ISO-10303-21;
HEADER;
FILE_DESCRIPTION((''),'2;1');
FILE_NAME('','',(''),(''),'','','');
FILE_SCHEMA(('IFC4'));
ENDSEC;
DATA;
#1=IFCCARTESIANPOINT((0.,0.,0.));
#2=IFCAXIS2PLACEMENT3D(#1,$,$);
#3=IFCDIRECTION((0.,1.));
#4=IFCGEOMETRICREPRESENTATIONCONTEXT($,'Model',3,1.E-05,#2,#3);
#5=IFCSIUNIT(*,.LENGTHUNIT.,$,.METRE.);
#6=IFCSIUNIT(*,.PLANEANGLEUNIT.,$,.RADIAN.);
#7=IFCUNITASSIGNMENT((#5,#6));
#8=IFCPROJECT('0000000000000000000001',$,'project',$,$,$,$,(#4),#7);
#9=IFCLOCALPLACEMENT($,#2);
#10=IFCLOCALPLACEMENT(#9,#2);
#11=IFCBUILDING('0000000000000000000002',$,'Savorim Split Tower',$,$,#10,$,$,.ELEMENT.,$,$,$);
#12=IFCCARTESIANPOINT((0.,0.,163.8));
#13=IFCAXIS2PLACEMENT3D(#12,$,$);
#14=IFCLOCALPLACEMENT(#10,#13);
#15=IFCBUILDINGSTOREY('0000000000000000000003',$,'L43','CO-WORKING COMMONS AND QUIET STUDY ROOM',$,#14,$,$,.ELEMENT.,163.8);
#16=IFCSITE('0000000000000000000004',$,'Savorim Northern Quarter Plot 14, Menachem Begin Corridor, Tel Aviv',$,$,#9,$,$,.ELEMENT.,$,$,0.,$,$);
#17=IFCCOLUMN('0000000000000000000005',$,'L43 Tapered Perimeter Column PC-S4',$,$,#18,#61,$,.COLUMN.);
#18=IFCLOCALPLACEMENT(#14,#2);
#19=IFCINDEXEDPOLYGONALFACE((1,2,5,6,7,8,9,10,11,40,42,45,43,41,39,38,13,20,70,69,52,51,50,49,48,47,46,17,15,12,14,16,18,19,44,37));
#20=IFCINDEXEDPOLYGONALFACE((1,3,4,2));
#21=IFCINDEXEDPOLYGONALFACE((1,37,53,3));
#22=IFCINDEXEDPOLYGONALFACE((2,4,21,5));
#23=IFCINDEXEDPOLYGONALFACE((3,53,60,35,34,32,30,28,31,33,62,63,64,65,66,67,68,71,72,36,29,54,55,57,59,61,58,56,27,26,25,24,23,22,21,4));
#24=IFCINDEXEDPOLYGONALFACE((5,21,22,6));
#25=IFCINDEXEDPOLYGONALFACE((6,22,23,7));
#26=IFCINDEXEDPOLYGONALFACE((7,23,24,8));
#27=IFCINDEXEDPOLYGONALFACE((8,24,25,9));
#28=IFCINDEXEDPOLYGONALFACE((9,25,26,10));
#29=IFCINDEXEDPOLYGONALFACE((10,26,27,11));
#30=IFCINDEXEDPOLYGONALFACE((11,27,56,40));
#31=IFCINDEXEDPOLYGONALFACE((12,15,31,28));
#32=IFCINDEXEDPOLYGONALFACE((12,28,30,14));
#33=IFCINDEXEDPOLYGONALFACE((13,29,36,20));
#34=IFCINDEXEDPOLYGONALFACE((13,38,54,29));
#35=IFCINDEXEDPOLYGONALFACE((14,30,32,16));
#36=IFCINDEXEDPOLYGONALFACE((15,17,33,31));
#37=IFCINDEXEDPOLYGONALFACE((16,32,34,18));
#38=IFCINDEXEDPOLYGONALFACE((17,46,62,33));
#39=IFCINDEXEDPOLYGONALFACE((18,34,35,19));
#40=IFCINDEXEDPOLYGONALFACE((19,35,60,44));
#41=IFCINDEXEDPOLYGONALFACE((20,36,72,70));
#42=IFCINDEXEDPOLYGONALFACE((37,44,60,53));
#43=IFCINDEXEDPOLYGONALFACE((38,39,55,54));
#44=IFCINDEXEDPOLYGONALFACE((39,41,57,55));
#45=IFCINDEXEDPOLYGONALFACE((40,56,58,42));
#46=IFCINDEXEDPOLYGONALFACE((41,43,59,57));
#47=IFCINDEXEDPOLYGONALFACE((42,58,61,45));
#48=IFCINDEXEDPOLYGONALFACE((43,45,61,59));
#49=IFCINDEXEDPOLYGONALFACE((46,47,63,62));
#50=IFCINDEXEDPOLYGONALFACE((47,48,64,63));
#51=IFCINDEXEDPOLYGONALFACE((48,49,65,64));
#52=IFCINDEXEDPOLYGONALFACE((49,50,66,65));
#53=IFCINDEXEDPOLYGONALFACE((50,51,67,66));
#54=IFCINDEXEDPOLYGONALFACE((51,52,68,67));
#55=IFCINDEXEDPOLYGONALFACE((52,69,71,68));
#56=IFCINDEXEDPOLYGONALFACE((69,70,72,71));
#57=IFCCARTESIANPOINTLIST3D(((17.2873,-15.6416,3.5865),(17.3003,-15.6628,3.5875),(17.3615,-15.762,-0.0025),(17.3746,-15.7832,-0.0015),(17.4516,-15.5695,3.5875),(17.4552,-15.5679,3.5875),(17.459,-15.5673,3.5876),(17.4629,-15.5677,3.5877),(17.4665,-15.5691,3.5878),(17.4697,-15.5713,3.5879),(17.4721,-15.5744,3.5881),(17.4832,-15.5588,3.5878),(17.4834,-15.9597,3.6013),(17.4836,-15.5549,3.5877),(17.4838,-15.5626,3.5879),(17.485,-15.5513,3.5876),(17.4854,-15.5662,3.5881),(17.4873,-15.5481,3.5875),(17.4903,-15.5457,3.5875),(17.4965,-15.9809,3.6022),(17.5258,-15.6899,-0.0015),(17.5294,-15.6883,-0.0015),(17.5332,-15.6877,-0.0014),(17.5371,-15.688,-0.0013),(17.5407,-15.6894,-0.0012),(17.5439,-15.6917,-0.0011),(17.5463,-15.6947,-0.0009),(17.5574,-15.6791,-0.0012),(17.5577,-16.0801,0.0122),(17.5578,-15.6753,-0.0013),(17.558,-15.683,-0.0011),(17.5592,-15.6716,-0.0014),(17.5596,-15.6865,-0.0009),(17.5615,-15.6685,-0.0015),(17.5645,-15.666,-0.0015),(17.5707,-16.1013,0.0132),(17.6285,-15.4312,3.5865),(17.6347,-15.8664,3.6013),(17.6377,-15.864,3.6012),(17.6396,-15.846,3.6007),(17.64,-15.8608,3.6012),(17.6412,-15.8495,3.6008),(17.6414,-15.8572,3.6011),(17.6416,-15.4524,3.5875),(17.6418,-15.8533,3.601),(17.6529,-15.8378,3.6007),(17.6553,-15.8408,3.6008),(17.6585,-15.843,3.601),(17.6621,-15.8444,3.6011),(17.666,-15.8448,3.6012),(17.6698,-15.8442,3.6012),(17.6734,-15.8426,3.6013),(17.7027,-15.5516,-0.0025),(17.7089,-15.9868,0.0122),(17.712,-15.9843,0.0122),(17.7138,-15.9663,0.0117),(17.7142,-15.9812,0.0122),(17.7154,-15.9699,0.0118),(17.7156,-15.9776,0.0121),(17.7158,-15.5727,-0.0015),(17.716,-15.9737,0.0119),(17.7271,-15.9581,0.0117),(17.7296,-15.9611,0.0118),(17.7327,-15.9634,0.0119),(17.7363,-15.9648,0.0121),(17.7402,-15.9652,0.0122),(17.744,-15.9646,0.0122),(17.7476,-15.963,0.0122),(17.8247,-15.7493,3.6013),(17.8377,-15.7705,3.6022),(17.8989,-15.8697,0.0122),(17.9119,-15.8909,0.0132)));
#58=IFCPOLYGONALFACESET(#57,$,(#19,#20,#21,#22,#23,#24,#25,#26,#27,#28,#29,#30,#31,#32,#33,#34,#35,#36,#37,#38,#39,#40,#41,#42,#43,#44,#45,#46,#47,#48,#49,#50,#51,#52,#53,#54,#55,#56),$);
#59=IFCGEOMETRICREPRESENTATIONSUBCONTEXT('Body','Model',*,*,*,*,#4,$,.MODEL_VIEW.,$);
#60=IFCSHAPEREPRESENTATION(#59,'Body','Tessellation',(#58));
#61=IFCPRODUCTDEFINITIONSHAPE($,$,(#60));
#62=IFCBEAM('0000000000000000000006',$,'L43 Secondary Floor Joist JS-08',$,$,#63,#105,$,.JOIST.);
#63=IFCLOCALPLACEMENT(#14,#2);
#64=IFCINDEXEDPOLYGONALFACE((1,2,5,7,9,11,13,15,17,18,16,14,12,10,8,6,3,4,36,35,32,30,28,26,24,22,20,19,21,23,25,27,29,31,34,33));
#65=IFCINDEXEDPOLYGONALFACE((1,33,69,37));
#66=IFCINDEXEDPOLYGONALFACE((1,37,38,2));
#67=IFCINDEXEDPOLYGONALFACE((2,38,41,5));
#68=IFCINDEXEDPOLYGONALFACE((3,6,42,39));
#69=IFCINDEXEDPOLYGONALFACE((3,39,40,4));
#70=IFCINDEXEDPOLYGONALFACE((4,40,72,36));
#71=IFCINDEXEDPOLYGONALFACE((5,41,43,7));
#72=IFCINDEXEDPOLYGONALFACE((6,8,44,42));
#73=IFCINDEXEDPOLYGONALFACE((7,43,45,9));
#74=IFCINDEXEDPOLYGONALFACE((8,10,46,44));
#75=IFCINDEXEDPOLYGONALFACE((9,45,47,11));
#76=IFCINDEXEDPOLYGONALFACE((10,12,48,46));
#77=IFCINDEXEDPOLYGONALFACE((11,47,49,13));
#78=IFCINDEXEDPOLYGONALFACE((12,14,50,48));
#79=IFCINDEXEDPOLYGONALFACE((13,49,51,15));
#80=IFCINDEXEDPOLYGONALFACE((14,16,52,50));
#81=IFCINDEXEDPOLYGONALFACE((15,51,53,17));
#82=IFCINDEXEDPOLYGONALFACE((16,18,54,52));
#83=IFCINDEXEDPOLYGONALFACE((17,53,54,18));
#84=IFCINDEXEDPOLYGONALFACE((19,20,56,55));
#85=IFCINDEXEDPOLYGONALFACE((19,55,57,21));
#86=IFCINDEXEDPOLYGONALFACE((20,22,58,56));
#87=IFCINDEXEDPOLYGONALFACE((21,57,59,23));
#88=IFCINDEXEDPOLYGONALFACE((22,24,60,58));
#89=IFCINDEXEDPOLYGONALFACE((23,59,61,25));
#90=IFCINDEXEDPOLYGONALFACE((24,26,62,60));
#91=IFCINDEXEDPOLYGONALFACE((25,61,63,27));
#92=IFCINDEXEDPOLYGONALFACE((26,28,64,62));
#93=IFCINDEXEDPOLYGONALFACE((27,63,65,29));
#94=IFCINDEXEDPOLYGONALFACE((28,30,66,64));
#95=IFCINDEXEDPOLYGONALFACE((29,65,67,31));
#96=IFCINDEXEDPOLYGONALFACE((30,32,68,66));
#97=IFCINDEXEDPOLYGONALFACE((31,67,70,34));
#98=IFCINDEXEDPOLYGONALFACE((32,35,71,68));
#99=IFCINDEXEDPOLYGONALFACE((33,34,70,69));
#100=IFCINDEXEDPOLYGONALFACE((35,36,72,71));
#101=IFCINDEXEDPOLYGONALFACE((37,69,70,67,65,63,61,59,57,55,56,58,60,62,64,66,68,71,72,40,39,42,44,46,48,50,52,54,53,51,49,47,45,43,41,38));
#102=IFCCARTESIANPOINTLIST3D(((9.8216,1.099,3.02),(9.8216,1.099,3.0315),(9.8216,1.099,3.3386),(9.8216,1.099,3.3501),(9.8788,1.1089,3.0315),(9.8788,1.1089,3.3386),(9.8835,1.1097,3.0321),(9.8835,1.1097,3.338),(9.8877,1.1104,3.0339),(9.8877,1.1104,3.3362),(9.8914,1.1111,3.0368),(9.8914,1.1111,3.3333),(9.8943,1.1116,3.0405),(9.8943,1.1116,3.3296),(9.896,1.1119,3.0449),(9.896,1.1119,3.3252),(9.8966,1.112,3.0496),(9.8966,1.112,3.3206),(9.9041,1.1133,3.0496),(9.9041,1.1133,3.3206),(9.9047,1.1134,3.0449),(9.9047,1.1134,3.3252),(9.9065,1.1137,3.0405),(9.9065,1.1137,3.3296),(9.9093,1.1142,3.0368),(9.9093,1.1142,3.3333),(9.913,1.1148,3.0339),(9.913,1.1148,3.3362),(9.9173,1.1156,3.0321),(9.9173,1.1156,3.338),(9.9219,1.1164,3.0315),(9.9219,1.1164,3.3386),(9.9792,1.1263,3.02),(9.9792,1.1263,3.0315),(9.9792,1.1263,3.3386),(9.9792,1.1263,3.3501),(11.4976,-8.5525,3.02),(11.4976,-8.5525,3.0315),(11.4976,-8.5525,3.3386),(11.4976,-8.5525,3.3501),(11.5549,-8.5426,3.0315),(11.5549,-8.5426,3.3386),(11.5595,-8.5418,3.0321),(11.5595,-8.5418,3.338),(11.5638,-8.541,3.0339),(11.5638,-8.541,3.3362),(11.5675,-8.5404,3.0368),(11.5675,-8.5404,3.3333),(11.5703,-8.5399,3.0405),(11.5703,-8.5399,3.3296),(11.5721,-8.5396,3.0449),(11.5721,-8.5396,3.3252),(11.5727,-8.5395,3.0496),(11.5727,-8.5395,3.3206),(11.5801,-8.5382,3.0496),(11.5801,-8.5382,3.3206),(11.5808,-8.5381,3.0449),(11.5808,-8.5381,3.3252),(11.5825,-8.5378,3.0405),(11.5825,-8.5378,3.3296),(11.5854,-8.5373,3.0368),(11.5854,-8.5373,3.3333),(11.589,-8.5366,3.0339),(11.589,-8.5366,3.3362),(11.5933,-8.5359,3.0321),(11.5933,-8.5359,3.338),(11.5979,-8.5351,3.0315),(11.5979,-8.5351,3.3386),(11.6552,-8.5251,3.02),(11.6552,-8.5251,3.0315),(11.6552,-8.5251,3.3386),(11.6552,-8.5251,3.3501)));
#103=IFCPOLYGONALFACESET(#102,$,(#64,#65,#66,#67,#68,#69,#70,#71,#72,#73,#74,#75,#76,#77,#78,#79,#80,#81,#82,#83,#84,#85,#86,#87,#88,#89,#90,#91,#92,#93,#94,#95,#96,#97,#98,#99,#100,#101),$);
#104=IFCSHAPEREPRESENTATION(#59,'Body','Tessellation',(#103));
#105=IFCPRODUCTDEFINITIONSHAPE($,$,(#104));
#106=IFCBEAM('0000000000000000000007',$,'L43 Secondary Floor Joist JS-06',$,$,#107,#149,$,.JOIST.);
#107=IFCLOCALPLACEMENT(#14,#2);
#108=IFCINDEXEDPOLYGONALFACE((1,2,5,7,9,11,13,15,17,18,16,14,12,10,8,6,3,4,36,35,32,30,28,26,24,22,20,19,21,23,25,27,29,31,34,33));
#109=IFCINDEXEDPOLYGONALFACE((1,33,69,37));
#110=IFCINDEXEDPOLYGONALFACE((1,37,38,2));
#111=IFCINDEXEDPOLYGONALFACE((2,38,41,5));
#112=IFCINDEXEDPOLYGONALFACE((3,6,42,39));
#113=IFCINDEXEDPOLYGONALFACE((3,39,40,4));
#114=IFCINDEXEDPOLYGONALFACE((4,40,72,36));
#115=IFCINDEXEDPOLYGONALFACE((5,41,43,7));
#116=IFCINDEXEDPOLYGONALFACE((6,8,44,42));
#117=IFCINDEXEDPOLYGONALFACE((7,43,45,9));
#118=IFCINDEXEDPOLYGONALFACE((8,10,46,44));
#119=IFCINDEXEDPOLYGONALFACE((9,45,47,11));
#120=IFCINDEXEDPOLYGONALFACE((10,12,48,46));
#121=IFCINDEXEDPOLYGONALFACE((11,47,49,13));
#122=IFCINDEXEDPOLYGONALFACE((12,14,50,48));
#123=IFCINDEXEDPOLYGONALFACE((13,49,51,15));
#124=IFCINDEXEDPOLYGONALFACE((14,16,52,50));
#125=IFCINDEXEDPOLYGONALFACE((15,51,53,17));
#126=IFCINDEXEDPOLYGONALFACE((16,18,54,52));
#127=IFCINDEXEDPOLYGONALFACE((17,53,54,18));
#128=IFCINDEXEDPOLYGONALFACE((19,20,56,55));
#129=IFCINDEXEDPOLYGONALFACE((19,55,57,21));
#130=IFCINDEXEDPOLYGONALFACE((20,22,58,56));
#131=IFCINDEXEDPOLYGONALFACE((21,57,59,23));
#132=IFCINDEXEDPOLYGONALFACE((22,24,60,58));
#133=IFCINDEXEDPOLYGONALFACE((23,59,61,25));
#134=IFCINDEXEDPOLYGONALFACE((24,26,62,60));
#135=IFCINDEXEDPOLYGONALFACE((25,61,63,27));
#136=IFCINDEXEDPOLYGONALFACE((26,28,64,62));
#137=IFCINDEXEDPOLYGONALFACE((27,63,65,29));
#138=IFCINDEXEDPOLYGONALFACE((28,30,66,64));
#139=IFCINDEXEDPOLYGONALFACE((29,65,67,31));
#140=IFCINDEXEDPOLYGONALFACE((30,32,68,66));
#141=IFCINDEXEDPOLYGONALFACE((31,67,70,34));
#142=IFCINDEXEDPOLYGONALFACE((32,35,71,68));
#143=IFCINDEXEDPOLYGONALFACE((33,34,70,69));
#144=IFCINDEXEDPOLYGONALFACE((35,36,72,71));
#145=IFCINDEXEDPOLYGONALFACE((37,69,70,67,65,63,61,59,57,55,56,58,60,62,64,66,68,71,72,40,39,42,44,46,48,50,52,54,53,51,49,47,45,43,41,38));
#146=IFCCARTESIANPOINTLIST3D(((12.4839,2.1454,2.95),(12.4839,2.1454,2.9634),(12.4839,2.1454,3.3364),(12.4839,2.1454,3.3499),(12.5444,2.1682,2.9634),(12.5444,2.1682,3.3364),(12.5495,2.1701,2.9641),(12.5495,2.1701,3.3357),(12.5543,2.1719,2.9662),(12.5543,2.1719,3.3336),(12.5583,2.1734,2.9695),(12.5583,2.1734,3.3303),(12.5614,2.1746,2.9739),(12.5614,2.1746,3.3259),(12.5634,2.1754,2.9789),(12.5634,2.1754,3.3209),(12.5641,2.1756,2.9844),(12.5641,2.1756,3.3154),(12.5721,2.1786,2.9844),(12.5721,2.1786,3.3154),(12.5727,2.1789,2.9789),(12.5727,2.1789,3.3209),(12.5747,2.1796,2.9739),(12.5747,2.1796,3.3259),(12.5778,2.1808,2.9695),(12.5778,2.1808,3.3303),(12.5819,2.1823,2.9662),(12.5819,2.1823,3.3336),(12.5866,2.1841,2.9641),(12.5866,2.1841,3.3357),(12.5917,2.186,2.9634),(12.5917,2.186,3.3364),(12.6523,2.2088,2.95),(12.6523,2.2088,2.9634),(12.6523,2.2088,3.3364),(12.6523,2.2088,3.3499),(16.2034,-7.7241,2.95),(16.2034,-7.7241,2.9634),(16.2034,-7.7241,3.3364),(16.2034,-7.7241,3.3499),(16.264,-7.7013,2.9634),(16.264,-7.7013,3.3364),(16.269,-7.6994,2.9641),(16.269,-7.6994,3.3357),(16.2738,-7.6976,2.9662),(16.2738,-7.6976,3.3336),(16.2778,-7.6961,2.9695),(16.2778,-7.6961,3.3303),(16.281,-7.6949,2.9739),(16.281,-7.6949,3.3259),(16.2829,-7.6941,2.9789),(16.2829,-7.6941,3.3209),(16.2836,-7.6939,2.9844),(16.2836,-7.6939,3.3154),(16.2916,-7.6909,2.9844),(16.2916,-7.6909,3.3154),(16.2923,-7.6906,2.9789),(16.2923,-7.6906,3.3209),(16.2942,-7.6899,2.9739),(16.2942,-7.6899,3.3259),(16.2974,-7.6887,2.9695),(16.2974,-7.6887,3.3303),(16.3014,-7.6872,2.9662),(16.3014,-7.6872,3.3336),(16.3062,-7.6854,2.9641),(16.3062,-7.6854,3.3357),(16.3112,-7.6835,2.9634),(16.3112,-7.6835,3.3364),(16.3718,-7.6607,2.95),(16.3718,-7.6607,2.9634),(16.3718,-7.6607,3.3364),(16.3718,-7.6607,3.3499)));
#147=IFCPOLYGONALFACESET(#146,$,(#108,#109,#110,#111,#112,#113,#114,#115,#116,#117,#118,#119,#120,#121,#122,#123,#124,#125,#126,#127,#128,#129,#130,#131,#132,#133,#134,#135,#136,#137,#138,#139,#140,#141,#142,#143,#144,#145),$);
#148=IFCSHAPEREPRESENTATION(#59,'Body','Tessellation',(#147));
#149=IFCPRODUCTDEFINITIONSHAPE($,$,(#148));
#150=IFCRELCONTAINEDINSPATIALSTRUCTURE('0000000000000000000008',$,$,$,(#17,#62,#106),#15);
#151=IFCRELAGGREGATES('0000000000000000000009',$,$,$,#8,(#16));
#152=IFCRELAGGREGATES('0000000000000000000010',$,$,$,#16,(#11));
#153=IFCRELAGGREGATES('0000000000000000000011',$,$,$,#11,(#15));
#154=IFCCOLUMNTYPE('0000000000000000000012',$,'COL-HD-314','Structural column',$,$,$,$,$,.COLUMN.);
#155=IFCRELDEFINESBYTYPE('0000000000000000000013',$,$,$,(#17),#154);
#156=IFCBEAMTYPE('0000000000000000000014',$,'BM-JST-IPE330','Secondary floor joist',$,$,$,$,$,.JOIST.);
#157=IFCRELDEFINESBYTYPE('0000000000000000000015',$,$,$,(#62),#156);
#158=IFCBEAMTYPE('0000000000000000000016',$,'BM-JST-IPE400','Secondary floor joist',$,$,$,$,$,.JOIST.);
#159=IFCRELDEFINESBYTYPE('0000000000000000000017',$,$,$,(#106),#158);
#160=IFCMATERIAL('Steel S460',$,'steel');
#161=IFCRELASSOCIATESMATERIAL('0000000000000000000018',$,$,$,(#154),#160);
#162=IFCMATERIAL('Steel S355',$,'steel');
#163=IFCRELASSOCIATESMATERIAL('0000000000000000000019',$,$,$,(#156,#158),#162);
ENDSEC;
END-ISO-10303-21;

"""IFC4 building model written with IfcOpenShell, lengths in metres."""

from ifc_helpers import new_model, si_unit, direction, frame, origin, origin_2d, place, context, subcontext, project, spatial, i_section, extrude, material, material_profile, profile_set, type_object, element, save


model = new_model("IFC4")

# Units and contexts
model_context = context("Model", 3, precision=1e-05, world=origin(), true_north=direction((0.0, 1.0)))
body_context = subcontext(model_context, "Body", "Model", "MODEL_VIEW")
ifc_project = project(units=[si_unit("LENGTHUNIT", "METRE"), si_unit("PLANEANGLEUNIT", "RADIAN")], contexts=[model_context])

# Site, building, storey
site_placement = place(None, origin())
site = spatial("IfcSite", under=ifc_project, at=site_placement, Name="Savorim Northern Quarter Plot 14, Menachem Begin Corridor, Tel Aviv", CompositionType="ELEMENT", RefElevation=0.0)
building_placement = place(site_placement, origin())
building = spatial("IfcBuilding", under=site, at=building_placement, Name="Savorim Split Tower", CompositionType="ELEMENT")
storey_placement = place(building_placement, frame((0.0, 0.0, 163.8)))
storey = spatial("IfcBuildingStorey", under=building, at=storey_placement, Name="L43", Description="CO-WORKING COMMONS AND QUIET STUDY ROOM", CompositionType="ELEMENT", Elevation=163.8)

# Column
ifc_material_1 = material(Name="Steel S460", Category="steel")
ifc_material_profile_1 = material_profile(ifc_material_1, i_section(OverallWidth=0.4009, OverallDepth=0.3989, WebThickness=0.0156, FlangeThickness=0.0249, FilletRadius=0.0149, at=origin_2d()), Name="HD 400x314")
ifc_profile_set_1 = profile_set([ifc_material_profile_1], Name="Steel S460")
column_type = type_object("IfcColumnType", Name="COL-HD-314", Description="Structural column", PredefinedType="COLUMN", material=ifc_profile_set_1)
column_placement = place(storey_placement, frame((17.6367, -15.8264, 0.0054), z_axis=(-0.020663, 0.033509, 0.999225), x_axis=(-0.851184, -0.524868, 0.0)))
element("IfcColumn", 1, at=column_placement, inside=storey, type_object=column_type, Name="L43 Tapered Perimeter Column PC-S4", PredefinedType="COLUMN", context=body_context, shape_type="SweptSolid", body=[
    extrude(i_section(OverallWidth=0.4009, OverallDepth=0.3989, WebThickness=0.0156, FlangeThickness=0.0249, FilletRadius=0.0149, at=origin_2d()), origin(), (0.0, 0.0, 1.0), 3.5918),
])

# Beams
ifc_material_2 = material(Name="Steel S355", Category="steel")
ifc_material_profile_2 = material_profile(ifc_material_2, i_section(OverallWidth=0.1599, OverallDepth=0.3301, WebThickness=0.0076, FlangeThickness=0.0115, FilletRadius=0.0181, at=origin_2d()), Name="IPE 330")
ifc_profile_set_2 = profile_set([ifc_material_profile_2], Name="Steel S355")
beam_type_1 = type_object("IfcBeamType", Name="BM-JST-IPE330", Description="Secondary floor joist", PredefinedType="JOIST", material=ifc_profile_set_2)
beam_1_placement = place(storey_placement, frame((11.5764, -8.5388, 3.1851), z_axis=(-0.171096, 0.985254, 0.0), x_axis=(-0.985254, -0.171096, 0.0)))
element("IfcBeam", 2, at=beam_1_placement, inside=storey, type_object=beam_type_1, Name="L43 Secondary Floor Joist JS-08", PredefinedType="JOIST", context=body_context, shape_type="SweptSolid", body=[
    extrude(i_section(OverallWidth=0.1599, OverallDepth=0.3301, WebThickness=0.0076, FlangeThickness=0.0115, FilletRadius=0.0181, at=origin_2d()), origin(), (0.0, 0.0, 1.0), 9.7959),
])
ifc_material_profile_3 = material_profile(ifc_material_2, i_section(OverallWidth=0.1799, OverallDepth=0.3999, WebThickness=0.0085, FlangeThickness=0.0134, FilletRadius=0.021, at=origin_2d()), Name="IPE 400")
ifc_profile_set_3 = profile_set([ifc_material_profile_3], Name="Steel S355")
beam_type_2 = type_object("IfcBeamType", Name="BM-JST-IPE400", Description="Secondary floor joist", PredefinedType="JOIST", material=ifc_profile_set_3)
beam_2_placement = place(storey_placement, frame((16.2876, -7.6924, 3.1499), z_axis=(-0.352658, 0.935752, 0.0), x_axis=(-0.935752, -0.352658, 0.0)))
element("IfcBeam", 3, at=beam_2_placement, inside=storey, type_object=beam_type_2, Name="L43 Secondary Floor Joist JS-06", PredefinedType="JOIST", context=body_context, shape_type="SweptSolid", body=[
    extrude(i_section(OverallWidth=0.1799, OverallDepth=0.3999, WebThickness=0.0085, FlangeThickness=0.0134, FilletRadius=0.021, at=origin_2d()), origin(), (0.0, 0.0, 1.0), 10.5471),
])

save(model, "model.ifc")
